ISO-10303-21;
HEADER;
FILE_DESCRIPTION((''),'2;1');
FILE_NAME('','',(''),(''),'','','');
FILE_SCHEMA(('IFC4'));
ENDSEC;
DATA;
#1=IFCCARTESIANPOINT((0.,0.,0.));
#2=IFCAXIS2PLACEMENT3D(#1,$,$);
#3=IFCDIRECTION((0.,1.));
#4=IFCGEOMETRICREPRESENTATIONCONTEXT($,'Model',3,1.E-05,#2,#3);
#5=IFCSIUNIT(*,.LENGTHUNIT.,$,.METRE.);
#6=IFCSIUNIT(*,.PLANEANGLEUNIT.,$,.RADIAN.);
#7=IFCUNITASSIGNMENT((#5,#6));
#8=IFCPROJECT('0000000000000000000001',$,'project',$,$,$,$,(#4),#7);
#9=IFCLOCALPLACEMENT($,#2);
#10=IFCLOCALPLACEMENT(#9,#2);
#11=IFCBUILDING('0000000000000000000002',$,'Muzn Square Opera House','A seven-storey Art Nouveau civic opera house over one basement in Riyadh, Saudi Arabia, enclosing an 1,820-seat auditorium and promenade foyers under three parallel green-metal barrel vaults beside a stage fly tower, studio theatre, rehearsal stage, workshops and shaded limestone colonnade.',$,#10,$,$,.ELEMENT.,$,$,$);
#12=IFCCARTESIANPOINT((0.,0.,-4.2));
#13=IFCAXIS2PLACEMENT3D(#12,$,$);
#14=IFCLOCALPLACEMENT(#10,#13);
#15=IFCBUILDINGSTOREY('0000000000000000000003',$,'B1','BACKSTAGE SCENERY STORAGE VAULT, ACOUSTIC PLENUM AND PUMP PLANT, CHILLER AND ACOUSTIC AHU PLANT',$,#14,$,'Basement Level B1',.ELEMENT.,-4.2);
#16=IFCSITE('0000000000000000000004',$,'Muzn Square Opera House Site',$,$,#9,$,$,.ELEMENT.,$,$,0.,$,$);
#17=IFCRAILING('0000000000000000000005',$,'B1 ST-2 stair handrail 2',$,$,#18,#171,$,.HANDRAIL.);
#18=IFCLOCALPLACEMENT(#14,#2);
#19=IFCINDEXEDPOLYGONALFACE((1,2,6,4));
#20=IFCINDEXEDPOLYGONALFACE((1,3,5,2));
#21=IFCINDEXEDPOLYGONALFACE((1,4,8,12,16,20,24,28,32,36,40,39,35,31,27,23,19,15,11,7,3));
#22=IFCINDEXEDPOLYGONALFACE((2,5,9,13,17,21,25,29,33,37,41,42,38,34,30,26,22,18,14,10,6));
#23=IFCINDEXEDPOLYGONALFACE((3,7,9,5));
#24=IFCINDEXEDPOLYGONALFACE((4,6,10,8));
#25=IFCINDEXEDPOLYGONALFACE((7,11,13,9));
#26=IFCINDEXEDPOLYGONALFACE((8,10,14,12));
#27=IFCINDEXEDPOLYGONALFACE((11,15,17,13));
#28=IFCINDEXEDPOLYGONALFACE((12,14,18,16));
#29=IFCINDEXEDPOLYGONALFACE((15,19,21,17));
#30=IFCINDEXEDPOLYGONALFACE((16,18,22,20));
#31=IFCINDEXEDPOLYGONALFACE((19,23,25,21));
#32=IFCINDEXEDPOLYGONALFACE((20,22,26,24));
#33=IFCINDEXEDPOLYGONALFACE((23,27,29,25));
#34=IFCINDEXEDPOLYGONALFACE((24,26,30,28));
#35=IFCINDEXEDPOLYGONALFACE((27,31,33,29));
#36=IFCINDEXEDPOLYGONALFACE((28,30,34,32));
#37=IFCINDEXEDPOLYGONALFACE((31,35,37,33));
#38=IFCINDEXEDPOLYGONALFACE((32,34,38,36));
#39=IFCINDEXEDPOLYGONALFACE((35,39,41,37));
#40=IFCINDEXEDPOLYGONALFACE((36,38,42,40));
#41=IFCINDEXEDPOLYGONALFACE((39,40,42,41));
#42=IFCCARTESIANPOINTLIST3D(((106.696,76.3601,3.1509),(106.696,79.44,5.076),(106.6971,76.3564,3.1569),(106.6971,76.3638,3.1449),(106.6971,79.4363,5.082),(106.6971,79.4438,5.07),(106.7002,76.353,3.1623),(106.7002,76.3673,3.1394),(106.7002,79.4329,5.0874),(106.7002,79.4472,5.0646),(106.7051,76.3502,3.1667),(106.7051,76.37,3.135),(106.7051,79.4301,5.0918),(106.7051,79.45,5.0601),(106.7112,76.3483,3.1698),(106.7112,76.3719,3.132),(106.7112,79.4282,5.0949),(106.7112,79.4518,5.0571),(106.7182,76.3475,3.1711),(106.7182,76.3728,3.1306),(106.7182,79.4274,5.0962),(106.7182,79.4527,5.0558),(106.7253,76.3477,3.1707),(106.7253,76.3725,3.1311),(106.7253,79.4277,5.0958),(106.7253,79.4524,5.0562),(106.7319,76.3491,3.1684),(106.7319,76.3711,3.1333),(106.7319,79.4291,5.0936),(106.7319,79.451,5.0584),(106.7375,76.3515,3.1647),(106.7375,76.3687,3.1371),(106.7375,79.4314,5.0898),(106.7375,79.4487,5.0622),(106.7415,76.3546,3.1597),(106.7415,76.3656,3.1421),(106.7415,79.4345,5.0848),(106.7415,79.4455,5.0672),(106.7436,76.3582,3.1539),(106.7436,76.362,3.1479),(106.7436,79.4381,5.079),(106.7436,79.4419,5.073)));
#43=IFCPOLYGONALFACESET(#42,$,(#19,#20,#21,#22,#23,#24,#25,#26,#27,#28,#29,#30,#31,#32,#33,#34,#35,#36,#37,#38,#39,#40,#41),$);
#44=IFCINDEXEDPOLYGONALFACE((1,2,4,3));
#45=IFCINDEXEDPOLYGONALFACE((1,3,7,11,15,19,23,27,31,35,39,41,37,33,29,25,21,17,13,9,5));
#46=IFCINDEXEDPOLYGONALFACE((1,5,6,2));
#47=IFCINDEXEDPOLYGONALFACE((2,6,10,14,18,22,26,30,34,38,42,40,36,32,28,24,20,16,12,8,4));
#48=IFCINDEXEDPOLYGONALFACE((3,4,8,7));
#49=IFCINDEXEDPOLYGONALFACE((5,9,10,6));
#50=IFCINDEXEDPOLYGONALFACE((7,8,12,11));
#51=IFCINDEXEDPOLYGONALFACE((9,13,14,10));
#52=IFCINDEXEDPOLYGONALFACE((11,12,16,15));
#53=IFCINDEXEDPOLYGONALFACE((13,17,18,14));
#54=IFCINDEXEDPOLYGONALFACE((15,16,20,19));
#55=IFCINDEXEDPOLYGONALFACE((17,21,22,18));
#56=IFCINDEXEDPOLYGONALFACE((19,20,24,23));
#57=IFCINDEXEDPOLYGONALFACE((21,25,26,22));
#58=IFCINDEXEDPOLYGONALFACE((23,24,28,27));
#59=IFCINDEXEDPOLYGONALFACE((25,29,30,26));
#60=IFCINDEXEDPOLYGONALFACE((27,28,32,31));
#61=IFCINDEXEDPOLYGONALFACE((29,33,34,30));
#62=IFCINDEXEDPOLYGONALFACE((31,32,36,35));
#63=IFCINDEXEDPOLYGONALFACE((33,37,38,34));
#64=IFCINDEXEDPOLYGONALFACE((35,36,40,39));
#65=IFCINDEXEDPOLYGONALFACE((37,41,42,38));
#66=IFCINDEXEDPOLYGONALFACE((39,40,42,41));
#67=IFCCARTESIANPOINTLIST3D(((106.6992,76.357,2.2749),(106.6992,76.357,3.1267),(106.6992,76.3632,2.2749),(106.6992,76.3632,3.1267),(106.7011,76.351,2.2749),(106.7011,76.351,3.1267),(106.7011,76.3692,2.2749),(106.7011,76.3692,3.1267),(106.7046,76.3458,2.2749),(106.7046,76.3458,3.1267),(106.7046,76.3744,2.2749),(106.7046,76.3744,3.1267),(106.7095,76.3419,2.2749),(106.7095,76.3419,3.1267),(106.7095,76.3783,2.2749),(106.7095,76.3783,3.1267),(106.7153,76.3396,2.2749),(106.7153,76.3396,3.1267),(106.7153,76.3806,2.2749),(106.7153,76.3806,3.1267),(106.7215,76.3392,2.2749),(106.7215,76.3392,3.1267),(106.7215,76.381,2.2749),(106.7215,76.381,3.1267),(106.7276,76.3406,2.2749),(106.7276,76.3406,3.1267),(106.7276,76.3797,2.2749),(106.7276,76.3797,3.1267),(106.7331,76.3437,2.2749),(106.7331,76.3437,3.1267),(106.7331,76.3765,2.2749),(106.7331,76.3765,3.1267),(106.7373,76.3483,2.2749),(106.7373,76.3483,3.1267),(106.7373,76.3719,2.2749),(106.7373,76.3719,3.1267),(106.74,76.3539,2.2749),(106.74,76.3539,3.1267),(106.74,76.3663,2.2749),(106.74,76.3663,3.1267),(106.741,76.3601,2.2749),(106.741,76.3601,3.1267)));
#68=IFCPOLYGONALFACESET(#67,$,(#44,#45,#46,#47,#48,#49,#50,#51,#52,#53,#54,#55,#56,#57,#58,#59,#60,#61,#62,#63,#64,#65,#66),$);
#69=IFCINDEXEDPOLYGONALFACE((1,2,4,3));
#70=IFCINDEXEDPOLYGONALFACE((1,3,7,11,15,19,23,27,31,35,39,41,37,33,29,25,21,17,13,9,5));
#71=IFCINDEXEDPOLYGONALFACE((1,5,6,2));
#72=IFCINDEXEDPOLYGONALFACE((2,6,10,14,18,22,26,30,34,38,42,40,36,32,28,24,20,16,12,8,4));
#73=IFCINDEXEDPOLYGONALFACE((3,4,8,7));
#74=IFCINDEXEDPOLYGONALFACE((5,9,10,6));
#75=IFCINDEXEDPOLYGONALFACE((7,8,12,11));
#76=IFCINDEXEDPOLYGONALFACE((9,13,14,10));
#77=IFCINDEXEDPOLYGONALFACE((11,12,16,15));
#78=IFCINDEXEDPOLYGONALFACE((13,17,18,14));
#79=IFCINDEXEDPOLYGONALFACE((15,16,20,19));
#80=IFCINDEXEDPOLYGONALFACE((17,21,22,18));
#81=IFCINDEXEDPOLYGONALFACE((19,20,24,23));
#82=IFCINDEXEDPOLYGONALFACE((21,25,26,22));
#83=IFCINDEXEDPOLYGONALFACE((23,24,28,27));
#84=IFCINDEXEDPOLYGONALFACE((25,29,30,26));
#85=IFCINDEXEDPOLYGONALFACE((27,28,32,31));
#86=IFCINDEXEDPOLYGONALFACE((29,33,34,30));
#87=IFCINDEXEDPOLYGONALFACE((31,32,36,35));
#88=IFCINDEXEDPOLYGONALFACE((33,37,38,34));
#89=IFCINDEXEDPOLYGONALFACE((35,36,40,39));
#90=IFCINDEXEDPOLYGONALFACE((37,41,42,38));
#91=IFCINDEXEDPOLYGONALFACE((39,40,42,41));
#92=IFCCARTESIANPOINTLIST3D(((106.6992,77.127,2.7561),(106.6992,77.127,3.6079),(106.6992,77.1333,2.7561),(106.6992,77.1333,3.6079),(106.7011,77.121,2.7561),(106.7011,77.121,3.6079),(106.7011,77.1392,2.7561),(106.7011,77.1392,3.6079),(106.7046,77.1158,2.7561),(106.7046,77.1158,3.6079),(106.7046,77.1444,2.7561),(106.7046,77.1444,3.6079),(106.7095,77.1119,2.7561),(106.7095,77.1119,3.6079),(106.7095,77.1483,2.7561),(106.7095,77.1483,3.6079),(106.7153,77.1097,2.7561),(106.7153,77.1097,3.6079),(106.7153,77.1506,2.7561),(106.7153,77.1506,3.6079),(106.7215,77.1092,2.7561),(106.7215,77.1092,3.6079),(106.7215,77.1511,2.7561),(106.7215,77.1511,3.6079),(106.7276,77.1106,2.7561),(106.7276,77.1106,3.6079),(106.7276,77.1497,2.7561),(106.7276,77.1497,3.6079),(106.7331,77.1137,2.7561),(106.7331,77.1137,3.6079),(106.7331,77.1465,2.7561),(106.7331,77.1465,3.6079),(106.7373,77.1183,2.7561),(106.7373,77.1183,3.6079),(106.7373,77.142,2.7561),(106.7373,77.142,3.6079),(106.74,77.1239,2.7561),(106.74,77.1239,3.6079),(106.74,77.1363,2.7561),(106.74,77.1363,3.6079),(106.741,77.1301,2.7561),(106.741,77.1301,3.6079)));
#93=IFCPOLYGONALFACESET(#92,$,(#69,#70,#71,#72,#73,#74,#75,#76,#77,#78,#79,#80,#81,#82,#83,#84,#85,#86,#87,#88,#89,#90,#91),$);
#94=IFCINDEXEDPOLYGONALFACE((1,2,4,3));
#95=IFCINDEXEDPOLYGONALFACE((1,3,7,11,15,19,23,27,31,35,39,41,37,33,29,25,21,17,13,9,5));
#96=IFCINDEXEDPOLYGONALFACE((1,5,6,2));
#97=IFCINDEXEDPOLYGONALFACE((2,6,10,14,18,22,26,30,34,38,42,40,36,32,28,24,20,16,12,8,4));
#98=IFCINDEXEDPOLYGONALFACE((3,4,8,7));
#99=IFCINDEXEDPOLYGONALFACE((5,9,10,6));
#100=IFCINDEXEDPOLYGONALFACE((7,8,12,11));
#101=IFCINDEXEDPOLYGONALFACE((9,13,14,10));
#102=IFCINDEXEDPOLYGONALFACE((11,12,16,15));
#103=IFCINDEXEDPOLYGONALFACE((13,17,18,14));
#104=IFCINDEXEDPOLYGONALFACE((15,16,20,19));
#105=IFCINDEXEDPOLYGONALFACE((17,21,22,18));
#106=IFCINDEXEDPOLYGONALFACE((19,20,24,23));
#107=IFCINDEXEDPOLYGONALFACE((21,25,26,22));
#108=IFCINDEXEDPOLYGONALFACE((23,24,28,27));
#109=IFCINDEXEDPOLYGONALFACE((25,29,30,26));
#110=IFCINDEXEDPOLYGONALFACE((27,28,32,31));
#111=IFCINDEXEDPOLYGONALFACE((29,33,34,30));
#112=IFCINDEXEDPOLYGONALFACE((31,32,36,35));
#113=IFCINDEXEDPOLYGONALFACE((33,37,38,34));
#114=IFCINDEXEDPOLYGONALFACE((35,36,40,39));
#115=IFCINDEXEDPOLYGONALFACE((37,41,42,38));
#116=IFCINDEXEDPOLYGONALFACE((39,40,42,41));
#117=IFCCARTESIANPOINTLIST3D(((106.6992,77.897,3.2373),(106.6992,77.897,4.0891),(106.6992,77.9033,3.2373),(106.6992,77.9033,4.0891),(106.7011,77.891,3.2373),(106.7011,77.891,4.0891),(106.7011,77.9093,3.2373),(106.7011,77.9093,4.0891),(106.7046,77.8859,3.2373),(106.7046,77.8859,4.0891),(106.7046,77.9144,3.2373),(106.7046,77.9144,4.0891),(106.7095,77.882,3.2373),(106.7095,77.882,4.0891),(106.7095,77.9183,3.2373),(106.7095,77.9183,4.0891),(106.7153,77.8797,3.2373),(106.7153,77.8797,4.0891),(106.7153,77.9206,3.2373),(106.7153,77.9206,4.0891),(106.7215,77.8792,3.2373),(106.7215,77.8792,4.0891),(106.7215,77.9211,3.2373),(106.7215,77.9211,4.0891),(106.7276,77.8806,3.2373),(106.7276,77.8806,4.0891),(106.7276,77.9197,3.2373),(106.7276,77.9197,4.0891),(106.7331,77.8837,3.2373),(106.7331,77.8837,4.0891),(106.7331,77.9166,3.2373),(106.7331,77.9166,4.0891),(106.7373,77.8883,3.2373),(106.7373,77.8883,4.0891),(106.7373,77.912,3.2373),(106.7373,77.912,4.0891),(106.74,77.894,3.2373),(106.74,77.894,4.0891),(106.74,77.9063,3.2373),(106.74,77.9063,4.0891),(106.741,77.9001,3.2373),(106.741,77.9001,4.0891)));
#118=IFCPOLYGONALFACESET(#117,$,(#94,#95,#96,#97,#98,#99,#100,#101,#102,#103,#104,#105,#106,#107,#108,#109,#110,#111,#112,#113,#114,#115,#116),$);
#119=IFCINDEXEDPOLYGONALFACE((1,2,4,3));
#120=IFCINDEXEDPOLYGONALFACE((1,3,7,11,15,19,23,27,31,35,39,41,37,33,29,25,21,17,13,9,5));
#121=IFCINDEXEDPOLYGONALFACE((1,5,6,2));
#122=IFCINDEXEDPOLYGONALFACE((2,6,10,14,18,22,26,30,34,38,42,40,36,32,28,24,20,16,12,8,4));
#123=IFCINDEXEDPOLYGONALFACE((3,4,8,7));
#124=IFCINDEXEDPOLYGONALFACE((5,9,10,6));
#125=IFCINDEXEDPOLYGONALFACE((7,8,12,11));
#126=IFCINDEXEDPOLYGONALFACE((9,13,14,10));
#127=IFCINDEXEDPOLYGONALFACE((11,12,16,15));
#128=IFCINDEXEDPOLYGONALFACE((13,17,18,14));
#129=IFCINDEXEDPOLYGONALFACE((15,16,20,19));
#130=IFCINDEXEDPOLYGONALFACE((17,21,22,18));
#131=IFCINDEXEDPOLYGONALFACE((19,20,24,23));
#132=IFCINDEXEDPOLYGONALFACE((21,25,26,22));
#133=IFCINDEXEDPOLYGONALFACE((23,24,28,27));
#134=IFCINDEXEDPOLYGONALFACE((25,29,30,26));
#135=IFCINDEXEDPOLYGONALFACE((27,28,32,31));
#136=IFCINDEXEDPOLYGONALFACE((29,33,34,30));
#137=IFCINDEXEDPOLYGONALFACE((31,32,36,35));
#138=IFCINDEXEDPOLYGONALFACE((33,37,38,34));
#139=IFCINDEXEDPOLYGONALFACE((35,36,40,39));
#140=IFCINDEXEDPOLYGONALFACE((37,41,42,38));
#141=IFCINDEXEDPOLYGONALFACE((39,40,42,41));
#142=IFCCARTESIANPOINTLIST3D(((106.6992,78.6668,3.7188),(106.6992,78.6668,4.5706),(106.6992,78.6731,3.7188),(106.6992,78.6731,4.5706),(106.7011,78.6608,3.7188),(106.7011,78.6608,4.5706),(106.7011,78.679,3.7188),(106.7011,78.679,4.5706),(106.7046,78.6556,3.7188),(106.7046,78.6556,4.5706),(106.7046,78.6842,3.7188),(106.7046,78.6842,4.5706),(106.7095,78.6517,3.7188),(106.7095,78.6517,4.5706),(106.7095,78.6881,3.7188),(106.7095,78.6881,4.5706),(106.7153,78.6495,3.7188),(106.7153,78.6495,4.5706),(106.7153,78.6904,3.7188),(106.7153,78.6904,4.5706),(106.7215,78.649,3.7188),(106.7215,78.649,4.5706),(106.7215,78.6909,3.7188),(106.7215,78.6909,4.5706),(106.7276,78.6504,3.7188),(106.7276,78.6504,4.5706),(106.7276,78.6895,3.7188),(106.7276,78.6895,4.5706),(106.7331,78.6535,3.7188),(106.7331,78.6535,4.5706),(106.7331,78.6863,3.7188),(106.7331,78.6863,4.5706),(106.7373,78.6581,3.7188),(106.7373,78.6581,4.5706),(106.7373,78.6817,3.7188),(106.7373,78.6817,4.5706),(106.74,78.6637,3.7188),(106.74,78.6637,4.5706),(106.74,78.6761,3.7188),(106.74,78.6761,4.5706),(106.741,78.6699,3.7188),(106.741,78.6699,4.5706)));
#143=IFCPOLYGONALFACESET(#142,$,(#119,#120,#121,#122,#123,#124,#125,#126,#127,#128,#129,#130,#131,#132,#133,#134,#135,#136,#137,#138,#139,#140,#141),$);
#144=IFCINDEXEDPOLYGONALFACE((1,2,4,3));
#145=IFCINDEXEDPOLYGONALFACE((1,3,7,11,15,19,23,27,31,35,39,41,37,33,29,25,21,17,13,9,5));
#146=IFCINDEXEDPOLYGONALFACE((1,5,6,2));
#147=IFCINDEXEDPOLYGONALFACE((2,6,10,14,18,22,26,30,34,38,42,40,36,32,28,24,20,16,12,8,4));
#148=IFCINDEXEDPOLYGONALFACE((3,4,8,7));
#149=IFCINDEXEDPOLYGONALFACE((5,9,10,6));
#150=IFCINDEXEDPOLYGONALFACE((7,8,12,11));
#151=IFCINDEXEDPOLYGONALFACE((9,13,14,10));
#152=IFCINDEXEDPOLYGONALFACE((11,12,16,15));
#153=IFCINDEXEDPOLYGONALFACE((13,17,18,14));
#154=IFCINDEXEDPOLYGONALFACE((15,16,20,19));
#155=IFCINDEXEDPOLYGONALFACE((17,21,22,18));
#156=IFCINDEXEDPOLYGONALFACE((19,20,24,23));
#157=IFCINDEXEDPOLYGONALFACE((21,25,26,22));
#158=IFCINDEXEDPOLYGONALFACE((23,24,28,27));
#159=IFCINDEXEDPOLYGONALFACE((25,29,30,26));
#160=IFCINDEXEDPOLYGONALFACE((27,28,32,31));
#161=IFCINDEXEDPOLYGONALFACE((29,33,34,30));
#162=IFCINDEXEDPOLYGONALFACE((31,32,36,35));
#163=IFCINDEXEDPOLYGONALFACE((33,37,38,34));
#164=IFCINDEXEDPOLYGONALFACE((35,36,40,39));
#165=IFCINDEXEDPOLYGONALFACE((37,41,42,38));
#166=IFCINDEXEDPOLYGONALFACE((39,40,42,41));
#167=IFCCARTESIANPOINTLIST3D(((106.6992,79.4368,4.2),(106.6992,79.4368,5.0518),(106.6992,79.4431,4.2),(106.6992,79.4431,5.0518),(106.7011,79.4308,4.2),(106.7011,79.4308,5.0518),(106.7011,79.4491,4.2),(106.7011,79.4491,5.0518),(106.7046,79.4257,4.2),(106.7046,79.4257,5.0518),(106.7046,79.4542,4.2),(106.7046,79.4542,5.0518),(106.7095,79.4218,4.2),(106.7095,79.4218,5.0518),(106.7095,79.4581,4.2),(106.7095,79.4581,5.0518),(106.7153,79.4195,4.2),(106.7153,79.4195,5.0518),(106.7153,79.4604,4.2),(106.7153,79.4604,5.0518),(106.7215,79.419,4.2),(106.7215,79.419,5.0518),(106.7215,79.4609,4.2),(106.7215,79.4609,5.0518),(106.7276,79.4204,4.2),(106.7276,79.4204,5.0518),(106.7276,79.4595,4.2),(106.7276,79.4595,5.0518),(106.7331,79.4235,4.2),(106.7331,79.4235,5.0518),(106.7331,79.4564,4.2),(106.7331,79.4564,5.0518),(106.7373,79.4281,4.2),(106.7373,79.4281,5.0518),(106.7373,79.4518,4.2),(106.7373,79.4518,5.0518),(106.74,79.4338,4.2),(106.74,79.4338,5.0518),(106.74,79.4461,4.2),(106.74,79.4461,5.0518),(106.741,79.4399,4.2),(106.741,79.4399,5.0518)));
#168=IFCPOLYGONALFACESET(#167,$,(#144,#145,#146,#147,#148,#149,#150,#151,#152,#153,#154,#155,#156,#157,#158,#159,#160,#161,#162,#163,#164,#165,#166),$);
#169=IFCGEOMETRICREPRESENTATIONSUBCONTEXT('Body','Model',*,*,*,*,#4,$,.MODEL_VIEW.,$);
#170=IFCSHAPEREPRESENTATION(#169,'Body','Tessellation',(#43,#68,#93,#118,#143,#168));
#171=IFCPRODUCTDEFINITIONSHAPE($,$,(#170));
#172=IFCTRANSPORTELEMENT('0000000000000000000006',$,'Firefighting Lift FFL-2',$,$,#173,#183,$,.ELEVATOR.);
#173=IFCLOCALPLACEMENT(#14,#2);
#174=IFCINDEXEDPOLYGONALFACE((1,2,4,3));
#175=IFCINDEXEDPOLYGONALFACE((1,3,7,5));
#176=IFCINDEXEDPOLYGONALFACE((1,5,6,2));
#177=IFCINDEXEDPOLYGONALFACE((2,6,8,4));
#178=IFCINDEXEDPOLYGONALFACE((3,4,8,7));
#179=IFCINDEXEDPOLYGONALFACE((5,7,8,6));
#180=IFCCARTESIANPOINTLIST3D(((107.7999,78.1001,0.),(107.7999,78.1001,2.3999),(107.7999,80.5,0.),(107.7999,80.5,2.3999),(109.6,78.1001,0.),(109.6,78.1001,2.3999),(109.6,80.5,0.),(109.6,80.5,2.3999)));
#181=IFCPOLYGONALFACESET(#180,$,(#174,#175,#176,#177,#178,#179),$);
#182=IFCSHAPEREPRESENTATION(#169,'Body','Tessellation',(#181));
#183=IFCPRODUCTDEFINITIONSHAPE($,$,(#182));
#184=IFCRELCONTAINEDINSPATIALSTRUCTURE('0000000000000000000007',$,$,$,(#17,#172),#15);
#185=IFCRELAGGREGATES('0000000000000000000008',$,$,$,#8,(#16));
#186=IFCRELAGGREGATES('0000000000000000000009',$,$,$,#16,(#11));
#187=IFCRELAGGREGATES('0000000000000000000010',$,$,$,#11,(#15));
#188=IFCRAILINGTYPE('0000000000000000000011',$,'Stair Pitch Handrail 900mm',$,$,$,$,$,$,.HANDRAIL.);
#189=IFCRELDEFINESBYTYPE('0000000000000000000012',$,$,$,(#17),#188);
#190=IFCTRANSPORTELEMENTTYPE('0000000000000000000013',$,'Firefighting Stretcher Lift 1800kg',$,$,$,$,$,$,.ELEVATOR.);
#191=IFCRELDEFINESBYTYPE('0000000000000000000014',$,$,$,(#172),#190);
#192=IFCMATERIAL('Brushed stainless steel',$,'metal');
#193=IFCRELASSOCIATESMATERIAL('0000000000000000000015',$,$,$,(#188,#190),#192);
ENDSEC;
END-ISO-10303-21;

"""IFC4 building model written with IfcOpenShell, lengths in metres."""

from ifc_helpers import new_model, si_unit, direction, frame, origin, origin_2d, place, context, subcontext, project, spatial, rectangle, circle, extrude, material, type_object, element, save


model = new_model("IFC4")

# Units and contexts
model_context = context("Model", 3, precision=1e-05, world=origin(), true_north=direction((0.0, 1.0)))
body_context = subcontext(model_context, "Body", "Model", "MODEL_VIEW")
ifc_project = project(units=[si_unit("LENGTHUNIT", "METRE"), si_unit("PLANEANGLEUNIT", "RADIAN")], contexts=[model_context])

# Site, building, storey
site_placement = place(None, origin())
site = spatial("IfcSite", under=ifc_project, at=site_placement, Name="Muzn Square Opera House Site", CompositionType="ELEMENT", RefElevation=0.0)
building_placement = place(site_placement, origin())
building = spatial("IfcBuilding", under=site, at=building_placement, Name="Muzn Square Opera House", Description="A seven-storey Art Nouveau civic opera house over one basement in Riyadh, Saudi Arabia, enclosing an 1,820-seat auditorium and promenade foyers under three parallel green-metal barrel vaults beside a stage fly tower, studio theatre, rehearsal stage, workshops and shaded limestone colonnade.", CompositionType="ELEMENT")
storey_placement = place(building_placement, frame((0.0, 0.0, -4.2)))
storey = spatial("IfcBuildingStorey", under=building, at=storey_placement, Name="B1", Description="BACKSTAGE SCENERY STORAGE VAULT, ACOUSTIC PLENUM AND PUMP PLANT, CHILLER AND ACOUSTIC AHU PLANT", LongName="Basement Level B1", CompositionType="ELEMENT", Elevation=-4.2)

# Railing
ifc_material_1 = material(Name="Brushed stainless steel", Category="metal")
railing_type_1 = type_object("IfcRailingType", Name="Stair Pitch Handrail 900mm", PredefinedType="HANDRAIL", material=ifc_material_1)
railing_1_placement = place(storey_placement, frame((106.72, 76.3601, 2.2749)))
element("IfcRailing", 1, at=railing_1_placement, inside=storey, type_object=railing_type_1, Name="B1 ST-2 stair handrail 2", PredefinedType="HANDRAIL", context=body_context, shape_type="SweptSolid", body=[
    extrude(circle(Radius=0.0239, at=origin_2d()), frame((0.0, 0.0, 0.876), z_axis=(0.0, 0.847979, 0.530029), x_axis=(-1.0, 0.0, 0.0)), (0.0, 0.0, 1.0), 3.6321),
    extrude(circle(Radius=0.021, at=origin_2d()), origin(), (0.0, 0.0, 1.0), 0.8518),
    extrude(circle(Radius=0.021, at=origin_2d()), frame((0.0, 0.77, 0.4812)), (0.0, 0.0, 1.0), 0.8518),
    extrude(circle(Radius=0.021, at=origin_2d()), frame((0.0, 1.54, 0.9624)), (0.0, 0.0, 1.0), 0.8518),
    extrude(circle(Radius=0.021, at=origin_2d()), frame((0.0, 2.3098, 1.4438)), (0.0, 0.0, 1.0), 0.8518),
    extrude(circle(Radius=0.021, at=origin_2d()), frame((0.0, 3.0798, 1.925)), (0.0, 0.0, 1.0), 0.8518),
])

# Transport element
transport_element_type = type_object("IfcTransportElementType", Name="Firefighting Stretcher Lift 1800kg", PredefinedType="ELEVATOR", material=ifc_material_1)
transport_element_placement = place(storey_placement, frame((108.7, 79.3, 0.0), z_axis=(0.0, 0.0, 1.0), x_axis=(1.0, 0.0, 0.0)))
element("IfcTransportElement", 2, at=transport_element_placement, inside=storey, type_object=transport_element_type, Name="Firefighting Lift FFL-2", PredefinedType="ELEVATOR", context=body_context, shape_type="SweptSolid", body=[
    extrude(rectangle(XDim=1.8, YDim=2.3999, at=origin_2d()), origin(), (0.0, 0.0, 1.0), 2.3999),
])

save(model, "model.ifc")
